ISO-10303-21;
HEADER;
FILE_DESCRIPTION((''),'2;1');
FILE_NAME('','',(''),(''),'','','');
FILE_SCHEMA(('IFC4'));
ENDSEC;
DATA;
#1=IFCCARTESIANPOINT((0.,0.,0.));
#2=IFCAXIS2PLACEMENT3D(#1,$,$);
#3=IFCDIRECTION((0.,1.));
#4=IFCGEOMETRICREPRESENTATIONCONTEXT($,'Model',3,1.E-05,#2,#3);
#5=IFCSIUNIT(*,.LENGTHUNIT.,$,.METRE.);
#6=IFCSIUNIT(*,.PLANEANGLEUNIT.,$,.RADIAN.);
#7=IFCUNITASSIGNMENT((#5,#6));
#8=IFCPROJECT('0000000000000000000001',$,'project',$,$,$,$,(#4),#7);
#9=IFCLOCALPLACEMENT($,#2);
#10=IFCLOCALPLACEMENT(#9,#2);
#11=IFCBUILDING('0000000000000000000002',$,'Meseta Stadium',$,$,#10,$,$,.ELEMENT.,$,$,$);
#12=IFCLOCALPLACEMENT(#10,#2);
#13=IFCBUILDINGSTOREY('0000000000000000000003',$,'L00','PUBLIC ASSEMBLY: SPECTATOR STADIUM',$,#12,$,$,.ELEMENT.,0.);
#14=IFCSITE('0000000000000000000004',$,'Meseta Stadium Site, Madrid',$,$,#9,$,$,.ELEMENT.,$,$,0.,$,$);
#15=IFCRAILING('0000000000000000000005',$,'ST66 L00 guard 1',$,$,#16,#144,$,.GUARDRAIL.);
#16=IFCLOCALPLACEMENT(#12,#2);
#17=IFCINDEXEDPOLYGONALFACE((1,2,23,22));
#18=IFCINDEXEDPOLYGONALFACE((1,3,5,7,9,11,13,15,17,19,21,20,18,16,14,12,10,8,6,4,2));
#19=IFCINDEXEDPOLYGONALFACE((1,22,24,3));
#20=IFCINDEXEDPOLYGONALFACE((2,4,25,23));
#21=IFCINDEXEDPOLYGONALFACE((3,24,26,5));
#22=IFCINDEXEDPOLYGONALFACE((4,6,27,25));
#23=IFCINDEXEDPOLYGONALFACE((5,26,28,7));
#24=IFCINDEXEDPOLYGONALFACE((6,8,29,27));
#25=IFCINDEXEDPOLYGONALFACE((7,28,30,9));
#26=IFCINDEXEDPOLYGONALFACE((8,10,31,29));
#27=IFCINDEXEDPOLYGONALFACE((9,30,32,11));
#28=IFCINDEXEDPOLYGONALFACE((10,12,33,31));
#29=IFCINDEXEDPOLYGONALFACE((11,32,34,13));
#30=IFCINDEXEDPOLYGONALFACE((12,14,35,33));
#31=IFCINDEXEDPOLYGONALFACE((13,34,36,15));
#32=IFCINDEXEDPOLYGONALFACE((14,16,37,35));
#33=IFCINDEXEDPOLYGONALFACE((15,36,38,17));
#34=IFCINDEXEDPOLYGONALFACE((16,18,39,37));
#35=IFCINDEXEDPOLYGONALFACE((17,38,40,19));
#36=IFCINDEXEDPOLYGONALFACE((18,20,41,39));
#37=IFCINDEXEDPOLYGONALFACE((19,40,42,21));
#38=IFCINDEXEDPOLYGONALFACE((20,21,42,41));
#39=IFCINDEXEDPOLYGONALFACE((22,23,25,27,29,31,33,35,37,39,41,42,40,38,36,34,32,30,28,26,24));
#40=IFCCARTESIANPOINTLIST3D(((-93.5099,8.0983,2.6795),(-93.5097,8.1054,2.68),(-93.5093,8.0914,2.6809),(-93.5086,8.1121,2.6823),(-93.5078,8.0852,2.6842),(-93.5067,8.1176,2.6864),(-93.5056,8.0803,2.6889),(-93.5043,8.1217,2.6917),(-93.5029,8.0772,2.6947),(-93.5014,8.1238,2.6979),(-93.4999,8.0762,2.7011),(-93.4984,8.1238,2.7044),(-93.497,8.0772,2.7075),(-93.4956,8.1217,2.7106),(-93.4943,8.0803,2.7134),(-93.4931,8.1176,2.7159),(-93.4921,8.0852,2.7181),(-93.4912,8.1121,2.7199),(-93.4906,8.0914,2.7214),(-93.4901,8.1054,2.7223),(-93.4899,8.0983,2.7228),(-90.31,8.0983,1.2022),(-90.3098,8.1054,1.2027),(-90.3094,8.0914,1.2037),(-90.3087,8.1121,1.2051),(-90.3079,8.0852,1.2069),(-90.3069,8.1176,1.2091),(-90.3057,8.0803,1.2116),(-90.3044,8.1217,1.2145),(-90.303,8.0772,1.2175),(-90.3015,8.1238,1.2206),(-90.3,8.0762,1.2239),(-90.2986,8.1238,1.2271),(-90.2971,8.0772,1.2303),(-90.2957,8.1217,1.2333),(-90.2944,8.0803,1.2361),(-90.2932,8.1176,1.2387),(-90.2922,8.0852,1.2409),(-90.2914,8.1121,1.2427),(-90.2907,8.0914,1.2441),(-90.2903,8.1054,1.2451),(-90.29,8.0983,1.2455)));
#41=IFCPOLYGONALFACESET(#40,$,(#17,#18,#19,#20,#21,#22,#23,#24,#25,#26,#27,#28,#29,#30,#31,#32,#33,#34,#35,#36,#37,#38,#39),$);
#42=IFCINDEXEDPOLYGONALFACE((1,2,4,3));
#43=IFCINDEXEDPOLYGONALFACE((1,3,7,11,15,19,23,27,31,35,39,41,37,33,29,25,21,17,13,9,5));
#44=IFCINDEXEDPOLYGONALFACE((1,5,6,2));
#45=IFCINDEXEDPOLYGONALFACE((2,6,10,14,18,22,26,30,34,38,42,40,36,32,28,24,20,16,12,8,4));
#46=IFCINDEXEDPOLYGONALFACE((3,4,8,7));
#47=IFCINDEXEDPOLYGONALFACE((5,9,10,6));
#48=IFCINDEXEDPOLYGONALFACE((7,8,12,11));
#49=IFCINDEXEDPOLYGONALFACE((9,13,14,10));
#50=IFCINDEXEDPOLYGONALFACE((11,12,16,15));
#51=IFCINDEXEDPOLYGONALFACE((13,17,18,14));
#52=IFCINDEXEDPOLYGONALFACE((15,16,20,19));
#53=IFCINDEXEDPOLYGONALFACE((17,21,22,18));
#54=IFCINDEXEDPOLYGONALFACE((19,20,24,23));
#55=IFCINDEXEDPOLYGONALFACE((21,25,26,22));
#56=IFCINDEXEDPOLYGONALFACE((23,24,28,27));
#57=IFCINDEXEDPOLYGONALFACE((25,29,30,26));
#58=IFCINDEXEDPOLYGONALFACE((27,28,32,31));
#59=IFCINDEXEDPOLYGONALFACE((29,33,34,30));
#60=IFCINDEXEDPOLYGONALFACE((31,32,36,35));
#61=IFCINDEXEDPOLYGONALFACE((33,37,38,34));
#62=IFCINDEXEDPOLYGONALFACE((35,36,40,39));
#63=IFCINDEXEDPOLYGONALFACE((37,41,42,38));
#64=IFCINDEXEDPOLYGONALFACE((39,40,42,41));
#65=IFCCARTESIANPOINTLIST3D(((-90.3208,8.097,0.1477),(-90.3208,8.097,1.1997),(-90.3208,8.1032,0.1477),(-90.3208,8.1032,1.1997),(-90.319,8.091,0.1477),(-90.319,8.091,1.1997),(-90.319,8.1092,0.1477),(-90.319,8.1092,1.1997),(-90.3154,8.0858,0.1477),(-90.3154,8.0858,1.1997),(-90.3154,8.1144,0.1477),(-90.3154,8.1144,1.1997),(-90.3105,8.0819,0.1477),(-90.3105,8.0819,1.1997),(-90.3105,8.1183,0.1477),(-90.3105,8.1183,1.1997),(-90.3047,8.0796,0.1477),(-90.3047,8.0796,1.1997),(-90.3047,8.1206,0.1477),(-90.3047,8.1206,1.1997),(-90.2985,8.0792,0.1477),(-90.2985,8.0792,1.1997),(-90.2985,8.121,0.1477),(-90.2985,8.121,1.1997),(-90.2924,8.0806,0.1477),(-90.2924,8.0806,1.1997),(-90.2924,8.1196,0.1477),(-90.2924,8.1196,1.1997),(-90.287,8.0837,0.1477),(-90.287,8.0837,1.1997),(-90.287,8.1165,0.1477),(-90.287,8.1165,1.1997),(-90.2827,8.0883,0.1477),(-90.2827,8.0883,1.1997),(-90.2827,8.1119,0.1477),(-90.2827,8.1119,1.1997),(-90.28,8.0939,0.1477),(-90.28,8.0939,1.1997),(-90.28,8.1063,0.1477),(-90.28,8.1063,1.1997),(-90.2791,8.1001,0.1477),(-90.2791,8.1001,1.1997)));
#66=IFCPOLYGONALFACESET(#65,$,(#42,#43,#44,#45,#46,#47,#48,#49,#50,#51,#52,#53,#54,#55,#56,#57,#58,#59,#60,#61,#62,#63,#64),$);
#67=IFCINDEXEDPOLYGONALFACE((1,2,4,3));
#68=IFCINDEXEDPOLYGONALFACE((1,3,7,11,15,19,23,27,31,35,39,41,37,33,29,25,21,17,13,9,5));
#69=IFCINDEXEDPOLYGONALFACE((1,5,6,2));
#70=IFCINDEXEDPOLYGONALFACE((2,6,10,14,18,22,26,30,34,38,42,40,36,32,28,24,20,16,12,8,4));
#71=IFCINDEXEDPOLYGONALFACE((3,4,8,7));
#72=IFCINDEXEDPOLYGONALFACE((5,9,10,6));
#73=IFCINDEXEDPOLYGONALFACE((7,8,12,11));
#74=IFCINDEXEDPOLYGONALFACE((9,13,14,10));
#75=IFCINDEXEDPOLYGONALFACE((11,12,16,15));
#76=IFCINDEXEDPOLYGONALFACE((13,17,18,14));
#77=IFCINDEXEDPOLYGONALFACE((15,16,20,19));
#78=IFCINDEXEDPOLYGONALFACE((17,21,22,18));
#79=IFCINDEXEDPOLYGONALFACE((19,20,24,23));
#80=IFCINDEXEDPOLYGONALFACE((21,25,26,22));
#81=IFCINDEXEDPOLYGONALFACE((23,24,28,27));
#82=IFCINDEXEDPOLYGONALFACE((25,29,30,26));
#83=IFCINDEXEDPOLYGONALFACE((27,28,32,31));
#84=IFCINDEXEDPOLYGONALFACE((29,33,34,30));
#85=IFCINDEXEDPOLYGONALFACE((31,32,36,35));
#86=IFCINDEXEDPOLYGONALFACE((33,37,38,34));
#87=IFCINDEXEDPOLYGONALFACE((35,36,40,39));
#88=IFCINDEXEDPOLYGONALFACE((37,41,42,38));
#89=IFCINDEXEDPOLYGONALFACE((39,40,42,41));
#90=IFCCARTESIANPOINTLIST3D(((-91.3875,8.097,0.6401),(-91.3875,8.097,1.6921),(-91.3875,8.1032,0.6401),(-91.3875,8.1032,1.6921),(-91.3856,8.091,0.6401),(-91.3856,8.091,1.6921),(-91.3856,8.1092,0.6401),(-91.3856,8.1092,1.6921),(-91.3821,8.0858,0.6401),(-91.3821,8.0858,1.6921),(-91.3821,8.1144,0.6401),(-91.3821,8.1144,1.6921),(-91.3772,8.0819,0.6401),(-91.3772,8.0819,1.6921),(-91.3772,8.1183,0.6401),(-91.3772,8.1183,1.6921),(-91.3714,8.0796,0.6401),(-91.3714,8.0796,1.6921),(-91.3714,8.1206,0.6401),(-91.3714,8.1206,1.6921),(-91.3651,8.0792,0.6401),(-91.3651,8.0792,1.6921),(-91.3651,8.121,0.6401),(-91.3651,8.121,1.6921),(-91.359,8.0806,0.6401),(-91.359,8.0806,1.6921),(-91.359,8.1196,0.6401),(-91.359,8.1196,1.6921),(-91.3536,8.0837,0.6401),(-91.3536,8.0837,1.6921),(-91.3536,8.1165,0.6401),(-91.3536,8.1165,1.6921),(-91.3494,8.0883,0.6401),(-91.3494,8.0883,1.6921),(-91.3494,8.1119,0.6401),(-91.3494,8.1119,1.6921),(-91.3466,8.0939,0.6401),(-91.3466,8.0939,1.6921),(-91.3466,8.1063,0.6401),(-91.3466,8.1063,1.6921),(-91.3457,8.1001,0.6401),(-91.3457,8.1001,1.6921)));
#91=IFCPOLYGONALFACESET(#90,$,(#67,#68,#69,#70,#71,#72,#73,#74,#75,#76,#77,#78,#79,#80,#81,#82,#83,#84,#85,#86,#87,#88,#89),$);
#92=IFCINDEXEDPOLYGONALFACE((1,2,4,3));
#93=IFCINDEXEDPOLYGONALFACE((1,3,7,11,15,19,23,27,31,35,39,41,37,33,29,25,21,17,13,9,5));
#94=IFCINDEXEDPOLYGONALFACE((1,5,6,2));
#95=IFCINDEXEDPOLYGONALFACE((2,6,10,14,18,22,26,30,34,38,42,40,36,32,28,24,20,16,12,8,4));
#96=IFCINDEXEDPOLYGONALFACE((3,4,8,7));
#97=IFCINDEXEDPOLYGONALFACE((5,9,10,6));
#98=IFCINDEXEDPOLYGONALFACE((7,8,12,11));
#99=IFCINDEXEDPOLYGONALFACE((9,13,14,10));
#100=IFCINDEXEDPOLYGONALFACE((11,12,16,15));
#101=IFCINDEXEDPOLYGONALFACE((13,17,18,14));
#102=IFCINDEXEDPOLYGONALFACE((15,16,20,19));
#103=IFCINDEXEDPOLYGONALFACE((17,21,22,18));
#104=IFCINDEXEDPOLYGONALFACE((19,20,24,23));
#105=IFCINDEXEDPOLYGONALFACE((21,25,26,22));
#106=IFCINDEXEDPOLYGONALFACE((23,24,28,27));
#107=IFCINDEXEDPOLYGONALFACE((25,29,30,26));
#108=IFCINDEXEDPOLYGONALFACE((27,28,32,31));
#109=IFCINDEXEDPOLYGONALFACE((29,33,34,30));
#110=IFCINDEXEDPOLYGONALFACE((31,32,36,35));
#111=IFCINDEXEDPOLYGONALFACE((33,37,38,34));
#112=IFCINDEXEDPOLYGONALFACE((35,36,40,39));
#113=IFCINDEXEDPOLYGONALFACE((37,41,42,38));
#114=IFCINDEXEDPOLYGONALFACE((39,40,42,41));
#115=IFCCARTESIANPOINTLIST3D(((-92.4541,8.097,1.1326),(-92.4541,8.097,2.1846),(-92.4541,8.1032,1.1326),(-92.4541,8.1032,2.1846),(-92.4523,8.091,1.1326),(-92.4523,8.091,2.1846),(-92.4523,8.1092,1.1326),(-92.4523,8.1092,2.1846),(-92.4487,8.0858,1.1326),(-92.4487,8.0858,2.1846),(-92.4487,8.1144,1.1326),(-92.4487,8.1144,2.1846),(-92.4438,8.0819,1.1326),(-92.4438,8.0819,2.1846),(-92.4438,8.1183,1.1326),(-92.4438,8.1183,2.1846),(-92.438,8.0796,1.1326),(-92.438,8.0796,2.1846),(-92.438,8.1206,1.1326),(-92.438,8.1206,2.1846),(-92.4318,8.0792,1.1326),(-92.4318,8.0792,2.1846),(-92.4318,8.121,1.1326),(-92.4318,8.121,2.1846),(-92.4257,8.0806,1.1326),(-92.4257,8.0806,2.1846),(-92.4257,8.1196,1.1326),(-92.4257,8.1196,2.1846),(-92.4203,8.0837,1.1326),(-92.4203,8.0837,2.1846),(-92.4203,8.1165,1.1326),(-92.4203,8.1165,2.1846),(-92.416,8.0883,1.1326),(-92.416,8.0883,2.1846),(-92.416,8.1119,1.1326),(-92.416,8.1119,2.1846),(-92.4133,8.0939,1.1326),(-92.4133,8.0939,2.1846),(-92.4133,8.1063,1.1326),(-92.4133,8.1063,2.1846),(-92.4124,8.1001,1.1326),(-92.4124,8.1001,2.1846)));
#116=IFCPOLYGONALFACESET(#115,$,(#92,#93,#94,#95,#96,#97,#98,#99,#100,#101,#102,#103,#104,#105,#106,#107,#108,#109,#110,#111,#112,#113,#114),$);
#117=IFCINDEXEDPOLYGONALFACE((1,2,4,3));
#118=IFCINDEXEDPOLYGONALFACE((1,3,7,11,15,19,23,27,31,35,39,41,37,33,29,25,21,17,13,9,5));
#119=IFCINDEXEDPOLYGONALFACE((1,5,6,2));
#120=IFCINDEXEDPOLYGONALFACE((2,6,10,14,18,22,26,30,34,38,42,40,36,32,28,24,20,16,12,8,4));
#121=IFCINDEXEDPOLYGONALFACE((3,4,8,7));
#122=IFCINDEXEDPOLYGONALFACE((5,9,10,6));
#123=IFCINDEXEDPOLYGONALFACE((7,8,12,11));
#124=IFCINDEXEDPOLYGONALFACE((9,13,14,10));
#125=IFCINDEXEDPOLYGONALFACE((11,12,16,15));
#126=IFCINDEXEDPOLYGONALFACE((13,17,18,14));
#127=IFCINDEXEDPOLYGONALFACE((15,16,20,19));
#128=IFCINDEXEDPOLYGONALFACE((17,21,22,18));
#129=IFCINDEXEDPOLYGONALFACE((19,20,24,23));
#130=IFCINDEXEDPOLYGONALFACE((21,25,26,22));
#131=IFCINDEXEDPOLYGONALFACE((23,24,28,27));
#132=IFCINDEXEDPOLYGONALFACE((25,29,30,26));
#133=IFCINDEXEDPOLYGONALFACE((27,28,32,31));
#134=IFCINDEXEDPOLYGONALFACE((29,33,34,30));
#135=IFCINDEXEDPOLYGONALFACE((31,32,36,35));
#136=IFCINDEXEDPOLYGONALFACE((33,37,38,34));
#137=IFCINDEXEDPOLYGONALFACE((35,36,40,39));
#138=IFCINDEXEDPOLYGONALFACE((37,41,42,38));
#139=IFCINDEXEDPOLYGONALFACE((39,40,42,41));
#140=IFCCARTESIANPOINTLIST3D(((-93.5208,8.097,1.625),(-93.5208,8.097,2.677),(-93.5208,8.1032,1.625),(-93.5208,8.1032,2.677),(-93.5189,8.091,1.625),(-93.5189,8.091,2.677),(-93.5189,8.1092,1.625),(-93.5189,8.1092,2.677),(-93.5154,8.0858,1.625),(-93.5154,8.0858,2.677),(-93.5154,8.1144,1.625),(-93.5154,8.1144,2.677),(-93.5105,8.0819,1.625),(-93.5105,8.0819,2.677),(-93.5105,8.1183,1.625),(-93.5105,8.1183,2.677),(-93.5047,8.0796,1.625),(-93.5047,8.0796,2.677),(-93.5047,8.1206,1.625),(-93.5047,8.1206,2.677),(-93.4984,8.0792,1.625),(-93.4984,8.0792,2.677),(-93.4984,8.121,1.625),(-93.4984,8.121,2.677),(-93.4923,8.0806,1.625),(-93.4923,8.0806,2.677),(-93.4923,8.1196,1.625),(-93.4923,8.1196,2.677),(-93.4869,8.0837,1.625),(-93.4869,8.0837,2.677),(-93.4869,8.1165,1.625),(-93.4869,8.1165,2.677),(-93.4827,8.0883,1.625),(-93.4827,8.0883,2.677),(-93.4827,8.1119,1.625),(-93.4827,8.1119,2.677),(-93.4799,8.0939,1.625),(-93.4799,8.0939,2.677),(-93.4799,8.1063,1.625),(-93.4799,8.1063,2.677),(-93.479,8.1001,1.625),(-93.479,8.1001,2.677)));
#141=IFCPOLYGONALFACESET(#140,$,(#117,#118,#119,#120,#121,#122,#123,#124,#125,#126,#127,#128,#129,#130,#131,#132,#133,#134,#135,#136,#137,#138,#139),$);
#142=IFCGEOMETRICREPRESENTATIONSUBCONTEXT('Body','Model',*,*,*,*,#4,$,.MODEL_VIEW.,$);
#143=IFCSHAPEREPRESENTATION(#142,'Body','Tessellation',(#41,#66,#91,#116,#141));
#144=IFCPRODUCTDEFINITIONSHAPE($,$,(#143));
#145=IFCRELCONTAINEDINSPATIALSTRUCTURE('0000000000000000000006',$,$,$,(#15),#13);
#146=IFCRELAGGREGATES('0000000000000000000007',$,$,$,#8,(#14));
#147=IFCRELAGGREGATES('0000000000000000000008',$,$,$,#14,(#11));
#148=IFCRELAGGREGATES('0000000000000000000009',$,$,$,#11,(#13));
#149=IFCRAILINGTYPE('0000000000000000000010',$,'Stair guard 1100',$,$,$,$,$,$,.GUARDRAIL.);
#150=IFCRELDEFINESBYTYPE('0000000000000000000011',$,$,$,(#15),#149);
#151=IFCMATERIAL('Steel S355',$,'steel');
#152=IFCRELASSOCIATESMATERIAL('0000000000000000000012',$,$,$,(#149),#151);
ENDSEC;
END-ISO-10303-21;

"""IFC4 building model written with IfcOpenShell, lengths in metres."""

from ifc_helpers import new_model, si_unit, direction, frame, origin, origin_2d, place, context, subcontext, project, spatial, circle, extrude, material, type_object, element, save


model = new_model("IFC4")

# Units and contexts
model_context = context("Model", 3, precision=1e-05, world=origin(), true_north=direction((0.0, 1.0)))
body_context = subcontext(model_context, "Body", "Model", "MODEL_VIEW")
ifc_project = project(units=[si_unit("LENGTHUNIT", "METRE"), si_unit("PLANEANGLEUNIT", "RADIAN")], contexts=[model_context])

# Site, building, storey
site_placement = place(None, origin())
site = spatial("IfcSite", under=ifc_project, at=site_placement, Name="Meseta Stadium Site, Madrid", CompositionType="ELEMENT", RefElevation=0.0)
building_placement = place(site_placement, origin())
building = spatial("IfcBuilding", under=site, at=building_placement, Name="Meseta Stadium", CompositionType="ELEMENT")
storey_placement = place(building_placement, origin())
storey = spatial("IfcBuildingStorey", under=building, at=storey_placement, Name="L00", Description="PUBLIC ASSEMBLY: SPECTATOR STADIUM", CompositionType="ELEMENT", Elevation=0.0)

# Railing
ifc_material_1 = material(Name="Steel S355", Category="steel")
railing_type_1 = type_object("IfcRailingType", Name="Stair guard 1100", PredefinedType="GUARDRAIL", material=ifc_material_1)
railing_1_placement = place(storey_placement, frame((-90.3, 8.1001, 0.1477)))
element("IfcRailing", 1, at=railing_1_placement, inside=storey, type_object=railing_type_1, Name="ST66 L00 guard 1", PredefinedType="GUARDRAIL", context=body_context, shape_type="SweptSolid", body=[
    extrude(circle(Radius=0.0239, at=origin_2d()), frame((0.0, 0.0, 1.0762), z_axis=(-0.907917, 0.0, 0.41915), x_axis=(0.0, -1.0, 0.0)), (0.0, 0.0, 1.0), 3.5244),
    extrude(circle(Radius=0.021, at=origin_2d()), origin(), (0.0, 0.0, 1.0), 1.052),
    extrude(circle(Radius=0.021, at=origin_2d()), frame((-1.0667, 0.0, 0.4924)), (0.0, 0.0, 1.0), 1.052),
    extrude(circle(Radius=0.021, at=origin_2d()), frame((-2.1333, 0.0, 0.9849)), (0.0, 0.0, 1.0), 1.052),
    extrude(circle(Radius=0.021, at=origin_2d()), frame((-3.2, 0.0, 1.4773)), (0.0, 0.0, 1.0), 1.052),
])

save(model, "model.ifc")
